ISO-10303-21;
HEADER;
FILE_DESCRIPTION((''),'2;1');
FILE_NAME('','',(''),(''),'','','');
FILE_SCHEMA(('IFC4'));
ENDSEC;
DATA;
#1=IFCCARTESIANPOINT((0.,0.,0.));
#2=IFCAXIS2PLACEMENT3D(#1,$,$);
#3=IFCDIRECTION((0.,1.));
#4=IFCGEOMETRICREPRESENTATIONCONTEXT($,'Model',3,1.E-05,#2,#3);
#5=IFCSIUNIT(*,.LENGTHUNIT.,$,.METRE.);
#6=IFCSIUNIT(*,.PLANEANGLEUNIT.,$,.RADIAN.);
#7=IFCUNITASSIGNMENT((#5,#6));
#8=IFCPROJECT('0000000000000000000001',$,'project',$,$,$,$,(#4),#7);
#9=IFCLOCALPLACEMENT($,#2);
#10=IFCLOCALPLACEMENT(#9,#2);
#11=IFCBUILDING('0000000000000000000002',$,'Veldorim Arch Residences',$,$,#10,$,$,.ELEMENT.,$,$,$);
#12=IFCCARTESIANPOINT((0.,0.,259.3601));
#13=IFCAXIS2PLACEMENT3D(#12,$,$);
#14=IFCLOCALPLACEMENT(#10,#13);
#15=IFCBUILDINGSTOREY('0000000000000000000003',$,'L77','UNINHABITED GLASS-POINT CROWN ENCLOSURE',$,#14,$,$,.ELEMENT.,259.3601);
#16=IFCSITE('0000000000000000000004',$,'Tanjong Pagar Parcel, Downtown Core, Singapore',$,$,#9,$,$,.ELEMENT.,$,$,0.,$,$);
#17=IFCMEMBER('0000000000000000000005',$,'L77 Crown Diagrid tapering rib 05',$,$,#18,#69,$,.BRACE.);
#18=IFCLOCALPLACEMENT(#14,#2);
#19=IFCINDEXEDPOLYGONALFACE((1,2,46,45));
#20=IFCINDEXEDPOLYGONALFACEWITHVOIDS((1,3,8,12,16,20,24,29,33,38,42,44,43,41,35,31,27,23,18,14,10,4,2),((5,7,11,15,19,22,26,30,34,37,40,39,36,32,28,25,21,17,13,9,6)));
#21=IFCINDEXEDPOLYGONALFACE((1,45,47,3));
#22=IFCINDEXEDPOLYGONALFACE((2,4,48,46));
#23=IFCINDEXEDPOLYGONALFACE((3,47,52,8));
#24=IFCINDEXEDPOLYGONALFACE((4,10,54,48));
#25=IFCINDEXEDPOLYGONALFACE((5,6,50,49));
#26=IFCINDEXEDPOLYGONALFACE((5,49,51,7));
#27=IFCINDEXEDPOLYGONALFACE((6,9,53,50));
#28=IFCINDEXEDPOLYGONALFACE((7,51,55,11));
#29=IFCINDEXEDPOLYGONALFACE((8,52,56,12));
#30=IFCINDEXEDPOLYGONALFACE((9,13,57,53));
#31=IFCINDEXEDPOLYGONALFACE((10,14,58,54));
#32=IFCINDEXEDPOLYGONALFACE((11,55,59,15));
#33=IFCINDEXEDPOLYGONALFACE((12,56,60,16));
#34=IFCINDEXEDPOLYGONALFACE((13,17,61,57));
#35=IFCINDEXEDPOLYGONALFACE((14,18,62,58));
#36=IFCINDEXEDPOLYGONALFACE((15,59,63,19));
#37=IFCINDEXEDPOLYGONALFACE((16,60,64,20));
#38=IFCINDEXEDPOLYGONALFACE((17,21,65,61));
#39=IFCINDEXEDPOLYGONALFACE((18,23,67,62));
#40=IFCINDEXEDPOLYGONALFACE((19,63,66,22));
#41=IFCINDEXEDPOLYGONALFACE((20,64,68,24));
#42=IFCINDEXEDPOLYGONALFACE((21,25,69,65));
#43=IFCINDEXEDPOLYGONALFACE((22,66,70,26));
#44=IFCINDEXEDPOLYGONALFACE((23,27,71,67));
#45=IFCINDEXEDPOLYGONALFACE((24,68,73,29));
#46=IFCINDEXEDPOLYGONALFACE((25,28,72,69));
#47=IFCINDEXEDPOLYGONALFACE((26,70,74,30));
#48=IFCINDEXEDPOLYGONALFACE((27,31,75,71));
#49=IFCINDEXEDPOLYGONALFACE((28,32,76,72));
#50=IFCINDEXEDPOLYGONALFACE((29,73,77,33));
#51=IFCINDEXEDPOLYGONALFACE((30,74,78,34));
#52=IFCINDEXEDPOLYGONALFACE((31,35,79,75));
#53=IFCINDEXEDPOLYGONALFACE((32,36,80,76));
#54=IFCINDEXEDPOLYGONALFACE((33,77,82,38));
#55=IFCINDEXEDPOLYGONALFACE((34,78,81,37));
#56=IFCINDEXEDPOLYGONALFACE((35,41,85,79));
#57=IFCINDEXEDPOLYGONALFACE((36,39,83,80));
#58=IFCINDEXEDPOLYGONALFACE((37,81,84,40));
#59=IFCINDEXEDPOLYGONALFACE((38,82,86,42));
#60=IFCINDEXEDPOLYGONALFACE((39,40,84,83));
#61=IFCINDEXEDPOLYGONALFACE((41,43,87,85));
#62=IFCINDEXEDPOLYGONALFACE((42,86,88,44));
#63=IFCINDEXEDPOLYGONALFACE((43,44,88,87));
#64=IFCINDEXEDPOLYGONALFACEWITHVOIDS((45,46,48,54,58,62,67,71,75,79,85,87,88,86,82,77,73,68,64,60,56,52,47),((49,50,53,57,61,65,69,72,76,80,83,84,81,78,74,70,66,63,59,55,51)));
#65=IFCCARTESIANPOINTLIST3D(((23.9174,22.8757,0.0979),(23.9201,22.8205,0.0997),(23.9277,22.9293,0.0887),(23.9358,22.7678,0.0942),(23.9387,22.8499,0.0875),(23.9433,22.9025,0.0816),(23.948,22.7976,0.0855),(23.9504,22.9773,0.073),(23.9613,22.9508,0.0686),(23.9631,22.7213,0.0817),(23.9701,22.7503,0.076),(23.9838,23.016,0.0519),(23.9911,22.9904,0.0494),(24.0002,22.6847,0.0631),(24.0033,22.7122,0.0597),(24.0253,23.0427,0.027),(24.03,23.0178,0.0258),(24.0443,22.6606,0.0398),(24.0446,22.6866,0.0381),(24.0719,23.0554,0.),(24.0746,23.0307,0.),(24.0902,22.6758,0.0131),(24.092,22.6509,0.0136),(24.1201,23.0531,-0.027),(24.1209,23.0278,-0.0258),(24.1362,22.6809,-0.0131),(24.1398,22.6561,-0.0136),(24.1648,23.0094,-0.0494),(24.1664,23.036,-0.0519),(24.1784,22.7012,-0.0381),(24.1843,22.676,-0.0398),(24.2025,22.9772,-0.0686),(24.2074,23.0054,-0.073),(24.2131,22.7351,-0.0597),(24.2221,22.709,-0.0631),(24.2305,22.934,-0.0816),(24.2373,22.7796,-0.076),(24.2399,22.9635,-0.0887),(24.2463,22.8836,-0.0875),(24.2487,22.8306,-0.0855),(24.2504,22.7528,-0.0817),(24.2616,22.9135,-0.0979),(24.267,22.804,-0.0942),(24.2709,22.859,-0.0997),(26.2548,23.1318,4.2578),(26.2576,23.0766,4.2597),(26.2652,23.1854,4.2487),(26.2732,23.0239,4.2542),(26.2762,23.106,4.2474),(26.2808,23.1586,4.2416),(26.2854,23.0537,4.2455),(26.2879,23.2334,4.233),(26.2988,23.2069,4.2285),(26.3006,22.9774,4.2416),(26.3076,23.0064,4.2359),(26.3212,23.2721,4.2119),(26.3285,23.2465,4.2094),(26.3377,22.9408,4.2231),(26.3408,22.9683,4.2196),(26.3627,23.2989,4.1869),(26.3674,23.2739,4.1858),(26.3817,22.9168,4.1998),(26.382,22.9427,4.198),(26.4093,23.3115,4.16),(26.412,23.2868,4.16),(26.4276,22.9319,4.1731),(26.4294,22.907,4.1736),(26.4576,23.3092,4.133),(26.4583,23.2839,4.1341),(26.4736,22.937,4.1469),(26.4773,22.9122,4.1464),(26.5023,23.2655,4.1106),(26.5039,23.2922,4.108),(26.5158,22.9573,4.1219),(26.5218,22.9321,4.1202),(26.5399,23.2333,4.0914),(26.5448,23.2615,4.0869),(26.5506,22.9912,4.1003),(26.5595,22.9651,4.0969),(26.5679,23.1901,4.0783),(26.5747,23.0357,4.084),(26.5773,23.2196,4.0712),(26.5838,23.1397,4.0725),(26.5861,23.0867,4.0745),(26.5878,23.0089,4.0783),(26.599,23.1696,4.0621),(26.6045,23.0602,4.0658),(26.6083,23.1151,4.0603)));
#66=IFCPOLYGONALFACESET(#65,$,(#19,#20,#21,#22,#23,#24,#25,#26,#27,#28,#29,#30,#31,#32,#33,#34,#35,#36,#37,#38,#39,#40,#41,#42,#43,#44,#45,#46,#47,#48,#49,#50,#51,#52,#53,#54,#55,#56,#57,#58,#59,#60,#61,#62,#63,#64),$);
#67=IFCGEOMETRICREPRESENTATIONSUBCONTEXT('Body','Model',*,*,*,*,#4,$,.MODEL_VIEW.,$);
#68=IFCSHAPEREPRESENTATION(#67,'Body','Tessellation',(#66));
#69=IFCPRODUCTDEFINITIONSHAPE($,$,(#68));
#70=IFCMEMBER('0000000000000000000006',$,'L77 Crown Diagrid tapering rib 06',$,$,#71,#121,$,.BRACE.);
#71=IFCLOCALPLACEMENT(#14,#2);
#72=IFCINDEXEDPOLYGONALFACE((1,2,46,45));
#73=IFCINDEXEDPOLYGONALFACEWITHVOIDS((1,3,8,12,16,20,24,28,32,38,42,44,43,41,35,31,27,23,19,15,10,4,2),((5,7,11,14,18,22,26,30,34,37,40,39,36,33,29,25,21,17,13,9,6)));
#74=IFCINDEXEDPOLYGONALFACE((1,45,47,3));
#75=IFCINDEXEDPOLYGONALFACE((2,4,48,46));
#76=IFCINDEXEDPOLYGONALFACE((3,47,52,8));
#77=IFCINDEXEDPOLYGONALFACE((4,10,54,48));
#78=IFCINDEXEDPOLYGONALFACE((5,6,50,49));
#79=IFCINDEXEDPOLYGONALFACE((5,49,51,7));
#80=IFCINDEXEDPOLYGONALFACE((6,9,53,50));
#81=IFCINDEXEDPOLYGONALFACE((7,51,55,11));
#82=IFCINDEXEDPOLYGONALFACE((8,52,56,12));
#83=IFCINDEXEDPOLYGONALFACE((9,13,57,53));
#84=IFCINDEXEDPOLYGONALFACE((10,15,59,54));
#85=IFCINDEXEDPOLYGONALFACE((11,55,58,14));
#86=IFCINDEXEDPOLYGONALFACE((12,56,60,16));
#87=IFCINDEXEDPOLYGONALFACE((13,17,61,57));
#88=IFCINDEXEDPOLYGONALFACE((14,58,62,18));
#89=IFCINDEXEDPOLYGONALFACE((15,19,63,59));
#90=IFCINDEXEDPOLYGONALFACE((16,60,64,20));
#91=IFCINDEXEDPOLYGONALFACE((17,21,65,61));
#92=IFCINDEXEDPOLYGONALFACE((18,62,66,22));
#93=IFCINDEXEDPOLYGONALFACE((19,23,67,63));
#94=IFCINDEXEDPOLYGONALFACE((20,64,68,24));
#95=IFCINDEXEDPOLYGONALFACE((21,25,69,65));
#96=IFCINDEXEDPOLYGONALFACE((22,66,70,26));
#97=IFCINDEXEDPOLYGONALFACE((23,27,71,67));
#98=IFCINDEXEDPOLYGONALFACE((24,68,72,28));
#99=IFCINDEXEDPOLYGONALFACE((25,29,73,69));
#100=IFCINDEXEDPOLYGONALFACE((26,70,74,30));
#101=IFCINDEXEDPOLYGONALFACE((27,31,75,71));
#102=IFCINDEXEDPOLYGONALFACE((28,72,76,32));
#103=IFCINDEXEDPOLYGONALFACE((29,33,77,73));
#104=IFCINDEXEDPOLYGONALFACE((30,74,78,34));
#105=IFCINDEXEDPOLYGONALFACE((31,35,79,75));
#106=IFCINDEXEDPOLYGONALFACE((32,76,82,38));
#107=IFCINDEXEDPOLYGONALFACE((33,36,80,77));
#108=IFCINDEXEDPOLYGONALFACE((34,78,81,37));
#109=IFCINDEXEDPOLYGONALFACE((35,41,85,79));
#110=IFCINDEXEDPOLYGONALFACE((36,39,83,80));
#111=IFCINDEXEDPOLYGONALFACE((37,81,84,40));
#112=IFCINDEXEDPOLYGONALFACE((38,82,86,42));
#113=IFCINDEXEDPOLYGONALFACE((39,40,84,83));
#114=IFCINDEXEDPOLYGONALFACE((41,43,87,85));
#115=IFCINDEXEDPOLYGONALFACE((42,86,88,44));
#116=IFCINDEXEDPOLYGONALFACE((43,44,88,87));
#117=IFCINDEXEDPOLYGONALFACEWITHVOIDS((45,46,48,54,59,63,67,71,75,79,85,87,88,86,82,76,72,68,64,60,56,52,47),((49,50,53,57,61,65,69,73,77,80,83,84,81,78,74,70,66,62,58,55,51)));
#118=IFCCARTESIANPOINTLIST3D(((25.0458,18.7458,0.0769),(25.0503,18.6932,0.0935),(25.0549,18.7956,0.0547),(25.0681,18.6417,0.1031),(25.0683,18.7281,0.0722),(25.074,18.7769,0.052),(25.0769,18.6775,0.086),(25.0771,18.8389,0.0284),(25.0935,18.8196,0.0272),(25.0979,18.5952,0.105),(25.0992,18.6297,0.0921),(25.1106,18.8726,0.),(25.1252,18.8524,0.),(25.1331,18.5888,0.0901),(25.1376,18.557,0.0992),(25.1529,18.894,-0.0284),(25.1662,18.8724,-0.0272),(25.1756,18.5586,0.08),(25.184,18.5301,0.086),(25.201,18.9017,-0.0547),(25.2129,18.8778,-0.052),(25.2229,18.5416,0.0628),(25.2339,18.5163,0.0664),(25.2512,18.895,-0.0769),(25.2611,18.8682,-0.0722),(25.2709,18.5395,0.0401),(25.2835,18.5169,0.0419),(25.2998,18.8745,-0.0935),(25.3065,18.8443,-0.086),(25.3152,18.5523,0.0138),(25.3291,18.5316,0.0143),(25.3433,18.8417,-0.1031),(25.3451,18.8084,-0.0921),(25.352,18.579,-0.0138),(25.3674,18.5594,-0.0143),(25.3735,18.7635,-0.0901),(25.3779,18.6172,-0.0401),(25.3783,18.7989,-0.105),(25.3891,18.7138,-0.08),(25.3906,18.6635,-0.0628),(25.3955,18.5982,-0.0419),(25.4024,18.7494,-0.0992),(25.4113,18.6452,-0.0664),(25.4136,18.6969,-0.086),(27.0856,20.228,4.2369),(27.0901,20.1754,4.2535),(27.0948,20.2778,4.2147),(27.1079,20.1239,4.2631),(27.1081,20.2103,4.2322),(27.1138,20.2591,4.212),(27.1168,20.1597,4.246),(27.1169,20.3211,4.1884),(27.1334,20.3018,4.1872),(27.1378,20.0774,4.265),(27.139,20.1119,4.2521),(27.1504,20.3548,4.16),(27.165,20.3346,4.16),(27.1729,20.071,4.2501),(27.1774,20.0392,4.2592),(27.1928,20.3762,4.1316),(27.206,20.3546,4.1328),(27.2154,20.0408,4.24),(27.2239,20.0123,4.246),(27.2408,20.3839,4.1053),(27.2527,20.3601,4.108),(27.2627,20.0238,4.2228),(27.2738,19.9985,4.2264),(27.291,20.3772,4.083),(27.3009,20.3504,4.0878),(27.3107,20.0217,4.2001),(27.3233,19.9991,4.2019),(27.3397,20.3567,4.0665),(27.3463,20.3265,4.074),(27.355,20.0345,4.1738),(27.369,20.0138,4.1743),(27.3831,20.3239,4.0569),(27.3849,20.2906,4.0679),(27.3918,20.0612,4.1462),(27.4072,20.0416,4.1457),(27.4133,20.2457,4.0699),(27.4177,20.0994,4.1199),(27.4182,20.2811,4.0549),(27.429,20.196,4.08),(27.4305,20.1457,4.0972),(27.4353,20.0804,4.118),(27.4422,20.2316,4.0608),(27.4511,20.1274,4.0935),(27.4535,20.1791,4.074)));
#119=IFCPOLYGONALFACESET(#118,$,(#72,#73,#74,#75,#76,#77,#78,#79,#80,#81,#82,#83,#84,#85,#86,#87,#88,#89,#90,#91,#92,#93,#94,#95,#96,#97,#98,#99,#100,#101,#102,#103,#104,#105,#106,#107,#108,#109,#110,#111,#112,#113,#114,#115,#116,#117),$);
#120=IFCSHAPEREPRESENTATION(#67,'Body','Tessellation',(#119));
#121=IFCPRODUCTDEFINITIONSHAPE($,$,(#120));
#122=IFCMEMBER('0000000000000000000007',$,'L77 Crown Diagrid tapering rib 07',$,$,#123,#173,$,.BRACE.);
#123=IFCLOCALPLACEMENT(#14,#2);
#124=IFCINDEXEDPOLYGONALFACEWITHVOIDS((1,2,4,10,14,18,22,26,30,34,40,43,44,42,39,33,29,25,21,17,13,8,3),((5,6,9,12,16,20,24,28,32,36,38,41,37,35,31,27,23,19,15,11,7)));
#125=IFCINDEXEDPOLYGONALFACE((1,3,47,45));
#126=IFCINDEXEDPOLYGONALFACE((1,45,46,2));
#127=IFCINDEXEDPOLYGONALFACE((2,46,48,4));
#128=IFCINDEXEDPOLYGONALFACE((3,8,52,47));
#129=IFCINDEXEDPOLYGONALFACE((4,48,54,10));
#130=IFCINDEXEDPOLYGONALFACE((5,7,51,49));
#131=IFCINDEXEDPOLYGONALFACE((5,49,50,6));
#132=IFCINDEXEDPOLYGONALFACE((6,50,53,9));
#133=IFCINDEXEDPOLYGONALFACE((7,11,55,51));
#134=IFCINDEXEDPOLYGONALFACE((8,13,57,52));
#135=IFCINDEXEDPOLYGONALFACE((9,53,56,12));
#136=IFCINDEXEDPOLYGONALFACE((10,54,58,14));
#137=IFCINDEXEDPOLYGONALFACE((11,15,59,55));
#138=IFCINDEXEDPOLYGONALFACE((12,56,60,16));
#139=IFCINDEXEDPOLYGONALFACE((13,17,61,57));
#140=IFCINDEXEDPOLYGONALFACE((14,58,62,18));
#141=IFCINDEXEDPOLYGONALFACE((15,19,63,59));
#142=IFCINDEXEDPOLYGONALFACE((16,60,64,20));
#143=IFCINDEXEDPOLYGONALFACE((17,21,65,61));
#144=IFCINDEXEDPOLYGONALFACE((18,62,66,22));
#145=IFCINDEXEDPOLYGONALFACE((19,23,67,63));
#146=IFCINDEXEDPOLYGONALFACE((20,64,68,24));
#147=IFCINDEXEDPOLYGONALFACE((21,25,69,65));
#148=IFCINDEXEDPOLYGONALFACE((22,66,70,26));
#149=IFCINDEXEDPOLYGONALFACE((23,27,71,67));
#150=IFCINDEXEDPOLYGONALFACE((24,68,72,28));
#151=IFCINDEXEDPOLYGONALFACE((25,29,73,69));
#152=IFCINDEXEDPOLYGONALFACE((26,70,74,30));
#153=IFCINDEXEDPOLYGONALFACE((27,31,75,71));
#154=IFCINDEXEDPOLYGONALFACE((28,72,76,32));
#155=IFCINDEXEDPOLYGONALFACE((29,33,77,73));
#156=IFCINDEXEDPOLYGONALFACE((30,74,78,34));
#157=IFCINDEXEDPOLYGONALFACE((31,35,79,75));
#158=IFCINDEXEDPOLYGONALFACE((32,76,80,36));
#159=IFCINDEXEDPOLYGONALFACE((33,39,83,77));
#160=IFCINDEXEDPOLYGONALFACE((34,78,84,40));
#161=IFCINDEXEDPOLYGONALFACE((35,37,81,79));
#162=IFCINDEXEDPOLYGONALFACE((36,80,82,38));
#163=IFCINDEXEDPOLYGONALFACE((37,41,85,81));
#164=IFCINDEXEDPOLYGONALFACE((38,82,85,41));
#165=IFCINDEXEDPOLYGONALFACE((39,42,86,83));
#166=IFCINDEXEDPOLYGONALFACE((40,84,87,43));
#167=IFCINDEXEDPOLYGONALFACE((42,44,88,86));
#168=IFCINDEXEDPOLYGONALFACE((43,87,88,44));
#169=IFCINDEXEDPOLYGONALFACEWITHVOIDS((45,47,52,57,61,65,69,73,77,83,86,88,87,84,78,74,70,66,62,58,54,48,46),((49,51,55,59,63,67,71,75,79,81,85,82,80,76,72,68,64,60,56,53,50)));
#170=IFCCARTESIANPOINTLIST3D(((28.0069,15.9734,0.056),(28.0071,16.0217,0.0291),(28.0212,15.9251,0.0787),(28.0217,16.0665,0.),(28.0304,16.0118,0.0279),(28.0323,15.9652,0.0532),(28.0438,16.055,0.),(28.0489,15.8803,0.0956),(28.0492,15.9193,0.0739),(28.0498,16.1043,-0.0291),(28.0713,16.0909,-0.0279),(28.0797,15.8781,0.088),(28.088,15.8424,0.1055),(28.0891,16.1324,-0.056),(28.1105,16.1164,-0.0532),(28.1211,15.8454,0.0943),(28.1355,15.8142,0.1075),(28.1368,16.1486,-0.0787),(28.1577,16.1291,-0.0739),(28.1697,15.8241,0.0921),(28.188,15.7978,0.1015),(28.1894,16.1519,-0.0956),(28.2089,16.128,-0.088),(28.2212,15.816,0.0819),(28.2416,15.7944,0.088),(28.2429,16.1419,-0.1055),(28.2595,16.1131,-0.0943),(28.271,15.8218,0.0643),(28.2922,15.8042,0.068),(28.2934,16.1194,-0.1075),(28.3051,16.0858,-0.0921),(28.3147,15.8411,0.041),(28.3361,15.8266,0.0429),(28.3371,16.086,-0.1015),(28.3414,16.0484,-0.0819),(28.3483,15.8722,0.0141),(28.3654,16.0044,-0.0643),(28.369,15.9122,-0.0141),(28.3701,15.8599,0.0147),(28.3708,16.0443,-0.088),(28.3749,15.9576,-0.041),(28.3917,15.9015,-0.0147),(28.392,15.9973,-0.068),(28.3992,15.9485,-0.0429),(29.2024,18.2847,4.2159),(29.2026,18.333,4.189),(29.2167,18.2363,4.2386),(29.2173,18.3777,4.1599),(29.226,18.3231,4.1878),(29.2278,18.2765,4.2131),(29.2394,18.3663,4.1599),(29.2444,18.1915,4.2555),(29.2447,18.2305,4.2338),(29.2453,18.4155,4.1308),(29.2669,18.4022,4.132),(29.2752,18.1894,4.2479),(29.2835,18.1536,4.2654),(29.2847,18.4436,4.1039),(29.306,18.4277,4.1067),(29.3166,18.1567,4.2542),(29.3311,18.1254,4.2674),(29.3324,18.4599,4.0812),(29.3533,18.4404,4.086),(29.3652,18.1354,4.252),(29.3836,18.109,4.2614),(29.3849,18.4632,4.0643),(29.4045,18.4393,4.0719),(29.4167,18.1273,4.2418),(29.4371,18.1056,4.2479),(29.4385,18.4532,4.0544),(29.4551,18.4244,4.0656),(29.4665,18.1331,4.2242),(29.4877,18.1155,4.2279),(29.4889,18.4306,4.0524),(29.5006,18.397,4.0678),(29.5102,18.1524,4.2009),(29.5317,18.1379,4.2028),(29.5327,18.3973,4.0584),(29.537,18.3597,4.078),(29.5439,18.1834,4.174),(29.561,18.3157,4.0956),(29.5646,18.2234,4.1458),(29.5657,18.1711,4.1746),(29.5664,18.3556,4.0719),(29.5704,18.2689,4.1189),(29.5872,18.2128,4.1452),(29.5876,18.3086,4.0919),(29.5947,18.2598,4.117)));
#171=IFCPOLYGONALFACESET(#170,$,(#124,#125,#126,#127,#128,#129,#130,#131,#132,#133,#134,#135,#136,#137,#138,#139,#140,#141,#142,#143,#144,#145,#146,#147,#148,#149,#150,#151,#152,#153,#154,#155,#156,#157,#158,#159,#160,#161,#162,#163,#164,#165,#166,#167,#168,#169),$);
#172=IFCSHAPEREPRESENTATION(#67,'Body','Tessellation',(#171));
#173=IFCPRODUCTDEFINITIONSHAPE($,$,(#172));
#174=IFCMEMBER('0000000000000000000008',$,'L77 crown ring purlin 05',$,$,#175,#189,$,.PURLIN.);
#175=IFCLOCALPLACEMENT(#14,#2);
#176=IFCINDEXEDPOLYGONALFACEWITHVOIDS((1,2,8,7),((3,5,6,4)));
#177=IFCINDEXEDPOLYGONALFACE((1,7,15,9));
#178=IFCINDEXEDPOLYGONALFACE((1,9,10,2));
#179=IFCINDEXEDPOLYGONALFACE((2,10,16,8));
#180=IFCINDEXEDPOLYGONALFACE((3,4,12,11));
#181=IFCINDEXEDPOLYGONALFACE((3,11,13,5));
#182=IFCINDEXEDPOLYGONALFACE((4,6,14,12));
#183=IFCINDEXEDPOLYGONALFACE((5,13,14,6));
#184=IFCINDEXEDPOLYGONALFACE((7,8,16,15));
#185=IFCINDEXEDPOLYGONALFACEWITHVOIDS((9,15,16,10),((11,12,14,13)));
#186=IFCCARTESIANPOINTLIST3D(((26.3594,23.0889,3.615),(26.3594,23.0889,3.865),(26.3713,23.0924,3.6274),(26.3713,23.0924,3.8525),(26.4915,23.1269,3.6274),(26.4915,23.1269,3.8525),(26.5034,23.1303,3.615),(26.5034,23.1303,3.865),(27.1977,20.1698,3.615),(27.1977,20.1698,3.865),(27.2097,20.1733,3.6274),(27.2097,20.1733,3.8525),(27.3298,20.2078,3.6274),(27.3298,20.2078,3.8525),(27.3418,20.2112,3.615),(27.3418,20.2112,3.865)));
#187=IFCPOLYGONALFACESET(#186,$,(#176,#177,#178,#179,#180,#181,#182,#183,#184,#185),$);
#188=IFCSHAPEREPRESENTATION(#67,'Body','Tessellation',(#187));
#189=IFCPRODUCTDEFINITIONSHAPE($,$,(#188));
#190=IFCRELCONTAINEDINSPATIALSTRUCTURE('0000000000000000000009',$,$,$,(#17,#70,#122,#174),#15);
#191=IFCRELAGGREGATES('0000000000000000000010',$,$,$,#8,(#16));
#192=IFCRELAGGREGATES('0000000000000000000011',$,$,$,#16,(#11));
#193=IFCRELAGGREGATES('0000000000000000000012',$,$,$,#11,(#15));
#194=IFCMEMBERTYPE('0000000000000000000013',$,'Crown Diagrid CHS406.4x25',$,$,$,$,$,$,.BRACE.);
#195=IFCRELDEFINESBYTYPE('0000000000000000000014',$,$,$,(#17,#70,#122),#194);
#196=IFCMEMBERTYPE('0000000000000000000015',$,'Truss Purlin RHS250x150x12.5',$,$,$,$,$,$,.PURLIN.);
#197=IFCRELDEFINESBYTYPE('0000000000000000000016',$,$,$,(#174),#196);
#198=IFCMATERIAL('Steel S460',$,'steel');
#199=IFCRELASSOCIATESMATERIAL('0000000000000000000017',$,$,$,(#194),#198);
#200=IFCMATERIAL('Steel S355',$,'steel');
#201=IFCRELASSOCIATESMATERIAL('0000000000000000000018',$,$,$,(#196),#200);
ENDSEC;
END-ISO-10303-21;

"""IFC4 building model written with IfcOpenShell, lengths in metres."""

from ifc_helpers import new_model, si_unit, direction, frame, origin, origin_2d, place, context, subcontext, project, spatial, hollow_rectangle, hollow_circle, extrude, material, material_profile, profile_set, type_object, element, save


model = new_model("IFC4")

# Units and contexts
model_context = context("Model", 3, precision=1e-05, world=origin(), true_north=direction((0.0, 1.0)))
body_context = subcontext(model_context, "Body", "Model", "MODEL_VIEW")
ifc_project = project(units=[si_unit("LENGTHUNIT", "METRE"), si_unit("PLANEANGLEUNIT", "RADIAN")], contexts=[model_context])

# Site, building, storey
site_placement = place(None, origin())
site = spatial("IfcSite", under=ifc_project, at=site_placement, Name="Tanjong Pagar Parcel, Downtown Core, Singapore", CompositionType="ELEMENT", RefElevation=0.0)
building_placement = place(site_placement, origin())
building = spatial("IfcBuilding", under=site, at=building_placement, Name="Veldorim Arch Residences", CompositionType="ELEMENT")
storey_placement = place(building_placement, frame((0.0, 0.0, 259.3601)))
storey = spatial("IfcBuildingStorey", under=building, at=storey_placement, Name="L77", Description="UNINHABITED GLASS-POINT CROWN ENCLOSURE", CompositionType="ELEMENT", Elevation=259.3601)

# Members
ifc_material_1 = material(Name="Steel S460", Category="steel")
ifc_material_profile_1 = material_profile(ifc_material_1, hollow_circle(Radius=0.2031, WallThickness=0.0249, at=origin_2d()), Name="CHS406.4x25")
ifc_profile_set_1 = profile_set([ifc_material_profile_1], Name="Steel S460")
member_type_1 = type_object("IfcMemberType", Name="Crown Diagrid CHS406.4x25", PredefinedType="BRACE", material=ifc_profile_set_1)
member_1_placement = place(storey_placement, frame((24.094, 22.8535, 0.0), z_axis=(0.489151, 0.053595, 0.870551), x_axis=(-0.108916, 0.994051, 0.0)))
element("IfcMember", 1, at=member_1_placement, inside=storey, type_object=member_type_1, Name="L77 Crown Diagrid tapering rib 05", PredefinedType="BRACE", context=body_context, shape_type="SweptSolid", body=[
    extrude(hollow_circle(Radius=0.2031, WallThickness=0.0249, at=origin_2d()), origin(), (0.0, 0.0, 1.0), 4.7786),
])
member_2_placement = place(storey_placement, frame((25.23, 18.7083, 0.0), z_axis=(0.41933, 0.304698, 0.855173), x_axis=(-0.587832, 0.808983, 0.0)))
element("IfcMember", 2, at=member_2_placement, inside=storey, type_object=member_type_1, Name="L77 Crown Diagrid tapering rib 06", PredefinedType="BRACE", context=body_context, shape_type="SweptSolid", body=[
    extrude(hollow_circle(Radius=0.2031, WallThickness=0.0249, at=origin_2d()), origin(), (0.0, 0.0, 1.0), 4.8645),
])
member_3_placement = place(storey_placement, frame((28.2021, 15.9731, 0.0), z_axis=(0.243655, 0.47104, 0.847793), x_axis=(-0.888207, 0.459443, 0.0)))
element("IfcMember", 3, at=member_3_placement, inside=storey, type_object=member_type_1, Name="L77 Crown Diagrid tapering rib 07", PredefinedType="BRACE", context=body_context, shape_type="SweptSolid", body=[
    extrude(hollow_circle(Radius=0.2031, WallThickness=0.0249, at=origin_2d()), origin(), (0.0, 0.0, 1.0), 4.9067),
])
ifc_material_2 = material(Name="Steel S355", Category="steel")
ifc_material_profile_2 = material_profile(ifc_material_2, hollow_rectangle(XDim=0.1499, YDim=0.25, WallThickness=0.0125, at=origin_2d()), Name="RHS250x150x12.5")
ifc_profile_set_2 = profile_set([ifc_material_profile_2], Name="Steel S355")
member_type_2 = type_object("IfcMemberType", Name="Truss Purlin RHS250x150x12.5", PredefinedType="PURLIN", material=ifc_profile_set_2)
member_4_placement = place(storey_placement, frame((26.4314, 23.1096, 3.74), z_axis=(0.276037, -0.961147, 0.0), x_axis=(0.961147, 0.276037, 0.0)))
element("IfcMember", 4, at=member_4_placement, inside=storey, type_object=member_type_2, Name="L77 crown ring purlin 05", PredefinedType="PURLIN", context=body_context, shape_type="SweptSolid", body=[
    extrude(hollow_rectangle(XDim=0.1499, YDim=0.25, WallThickness=0.0125, at=origin_2d()), origin(), (0.0, 0.0, 1.0), 3.0371),
])

save(model, "model.ifc")
